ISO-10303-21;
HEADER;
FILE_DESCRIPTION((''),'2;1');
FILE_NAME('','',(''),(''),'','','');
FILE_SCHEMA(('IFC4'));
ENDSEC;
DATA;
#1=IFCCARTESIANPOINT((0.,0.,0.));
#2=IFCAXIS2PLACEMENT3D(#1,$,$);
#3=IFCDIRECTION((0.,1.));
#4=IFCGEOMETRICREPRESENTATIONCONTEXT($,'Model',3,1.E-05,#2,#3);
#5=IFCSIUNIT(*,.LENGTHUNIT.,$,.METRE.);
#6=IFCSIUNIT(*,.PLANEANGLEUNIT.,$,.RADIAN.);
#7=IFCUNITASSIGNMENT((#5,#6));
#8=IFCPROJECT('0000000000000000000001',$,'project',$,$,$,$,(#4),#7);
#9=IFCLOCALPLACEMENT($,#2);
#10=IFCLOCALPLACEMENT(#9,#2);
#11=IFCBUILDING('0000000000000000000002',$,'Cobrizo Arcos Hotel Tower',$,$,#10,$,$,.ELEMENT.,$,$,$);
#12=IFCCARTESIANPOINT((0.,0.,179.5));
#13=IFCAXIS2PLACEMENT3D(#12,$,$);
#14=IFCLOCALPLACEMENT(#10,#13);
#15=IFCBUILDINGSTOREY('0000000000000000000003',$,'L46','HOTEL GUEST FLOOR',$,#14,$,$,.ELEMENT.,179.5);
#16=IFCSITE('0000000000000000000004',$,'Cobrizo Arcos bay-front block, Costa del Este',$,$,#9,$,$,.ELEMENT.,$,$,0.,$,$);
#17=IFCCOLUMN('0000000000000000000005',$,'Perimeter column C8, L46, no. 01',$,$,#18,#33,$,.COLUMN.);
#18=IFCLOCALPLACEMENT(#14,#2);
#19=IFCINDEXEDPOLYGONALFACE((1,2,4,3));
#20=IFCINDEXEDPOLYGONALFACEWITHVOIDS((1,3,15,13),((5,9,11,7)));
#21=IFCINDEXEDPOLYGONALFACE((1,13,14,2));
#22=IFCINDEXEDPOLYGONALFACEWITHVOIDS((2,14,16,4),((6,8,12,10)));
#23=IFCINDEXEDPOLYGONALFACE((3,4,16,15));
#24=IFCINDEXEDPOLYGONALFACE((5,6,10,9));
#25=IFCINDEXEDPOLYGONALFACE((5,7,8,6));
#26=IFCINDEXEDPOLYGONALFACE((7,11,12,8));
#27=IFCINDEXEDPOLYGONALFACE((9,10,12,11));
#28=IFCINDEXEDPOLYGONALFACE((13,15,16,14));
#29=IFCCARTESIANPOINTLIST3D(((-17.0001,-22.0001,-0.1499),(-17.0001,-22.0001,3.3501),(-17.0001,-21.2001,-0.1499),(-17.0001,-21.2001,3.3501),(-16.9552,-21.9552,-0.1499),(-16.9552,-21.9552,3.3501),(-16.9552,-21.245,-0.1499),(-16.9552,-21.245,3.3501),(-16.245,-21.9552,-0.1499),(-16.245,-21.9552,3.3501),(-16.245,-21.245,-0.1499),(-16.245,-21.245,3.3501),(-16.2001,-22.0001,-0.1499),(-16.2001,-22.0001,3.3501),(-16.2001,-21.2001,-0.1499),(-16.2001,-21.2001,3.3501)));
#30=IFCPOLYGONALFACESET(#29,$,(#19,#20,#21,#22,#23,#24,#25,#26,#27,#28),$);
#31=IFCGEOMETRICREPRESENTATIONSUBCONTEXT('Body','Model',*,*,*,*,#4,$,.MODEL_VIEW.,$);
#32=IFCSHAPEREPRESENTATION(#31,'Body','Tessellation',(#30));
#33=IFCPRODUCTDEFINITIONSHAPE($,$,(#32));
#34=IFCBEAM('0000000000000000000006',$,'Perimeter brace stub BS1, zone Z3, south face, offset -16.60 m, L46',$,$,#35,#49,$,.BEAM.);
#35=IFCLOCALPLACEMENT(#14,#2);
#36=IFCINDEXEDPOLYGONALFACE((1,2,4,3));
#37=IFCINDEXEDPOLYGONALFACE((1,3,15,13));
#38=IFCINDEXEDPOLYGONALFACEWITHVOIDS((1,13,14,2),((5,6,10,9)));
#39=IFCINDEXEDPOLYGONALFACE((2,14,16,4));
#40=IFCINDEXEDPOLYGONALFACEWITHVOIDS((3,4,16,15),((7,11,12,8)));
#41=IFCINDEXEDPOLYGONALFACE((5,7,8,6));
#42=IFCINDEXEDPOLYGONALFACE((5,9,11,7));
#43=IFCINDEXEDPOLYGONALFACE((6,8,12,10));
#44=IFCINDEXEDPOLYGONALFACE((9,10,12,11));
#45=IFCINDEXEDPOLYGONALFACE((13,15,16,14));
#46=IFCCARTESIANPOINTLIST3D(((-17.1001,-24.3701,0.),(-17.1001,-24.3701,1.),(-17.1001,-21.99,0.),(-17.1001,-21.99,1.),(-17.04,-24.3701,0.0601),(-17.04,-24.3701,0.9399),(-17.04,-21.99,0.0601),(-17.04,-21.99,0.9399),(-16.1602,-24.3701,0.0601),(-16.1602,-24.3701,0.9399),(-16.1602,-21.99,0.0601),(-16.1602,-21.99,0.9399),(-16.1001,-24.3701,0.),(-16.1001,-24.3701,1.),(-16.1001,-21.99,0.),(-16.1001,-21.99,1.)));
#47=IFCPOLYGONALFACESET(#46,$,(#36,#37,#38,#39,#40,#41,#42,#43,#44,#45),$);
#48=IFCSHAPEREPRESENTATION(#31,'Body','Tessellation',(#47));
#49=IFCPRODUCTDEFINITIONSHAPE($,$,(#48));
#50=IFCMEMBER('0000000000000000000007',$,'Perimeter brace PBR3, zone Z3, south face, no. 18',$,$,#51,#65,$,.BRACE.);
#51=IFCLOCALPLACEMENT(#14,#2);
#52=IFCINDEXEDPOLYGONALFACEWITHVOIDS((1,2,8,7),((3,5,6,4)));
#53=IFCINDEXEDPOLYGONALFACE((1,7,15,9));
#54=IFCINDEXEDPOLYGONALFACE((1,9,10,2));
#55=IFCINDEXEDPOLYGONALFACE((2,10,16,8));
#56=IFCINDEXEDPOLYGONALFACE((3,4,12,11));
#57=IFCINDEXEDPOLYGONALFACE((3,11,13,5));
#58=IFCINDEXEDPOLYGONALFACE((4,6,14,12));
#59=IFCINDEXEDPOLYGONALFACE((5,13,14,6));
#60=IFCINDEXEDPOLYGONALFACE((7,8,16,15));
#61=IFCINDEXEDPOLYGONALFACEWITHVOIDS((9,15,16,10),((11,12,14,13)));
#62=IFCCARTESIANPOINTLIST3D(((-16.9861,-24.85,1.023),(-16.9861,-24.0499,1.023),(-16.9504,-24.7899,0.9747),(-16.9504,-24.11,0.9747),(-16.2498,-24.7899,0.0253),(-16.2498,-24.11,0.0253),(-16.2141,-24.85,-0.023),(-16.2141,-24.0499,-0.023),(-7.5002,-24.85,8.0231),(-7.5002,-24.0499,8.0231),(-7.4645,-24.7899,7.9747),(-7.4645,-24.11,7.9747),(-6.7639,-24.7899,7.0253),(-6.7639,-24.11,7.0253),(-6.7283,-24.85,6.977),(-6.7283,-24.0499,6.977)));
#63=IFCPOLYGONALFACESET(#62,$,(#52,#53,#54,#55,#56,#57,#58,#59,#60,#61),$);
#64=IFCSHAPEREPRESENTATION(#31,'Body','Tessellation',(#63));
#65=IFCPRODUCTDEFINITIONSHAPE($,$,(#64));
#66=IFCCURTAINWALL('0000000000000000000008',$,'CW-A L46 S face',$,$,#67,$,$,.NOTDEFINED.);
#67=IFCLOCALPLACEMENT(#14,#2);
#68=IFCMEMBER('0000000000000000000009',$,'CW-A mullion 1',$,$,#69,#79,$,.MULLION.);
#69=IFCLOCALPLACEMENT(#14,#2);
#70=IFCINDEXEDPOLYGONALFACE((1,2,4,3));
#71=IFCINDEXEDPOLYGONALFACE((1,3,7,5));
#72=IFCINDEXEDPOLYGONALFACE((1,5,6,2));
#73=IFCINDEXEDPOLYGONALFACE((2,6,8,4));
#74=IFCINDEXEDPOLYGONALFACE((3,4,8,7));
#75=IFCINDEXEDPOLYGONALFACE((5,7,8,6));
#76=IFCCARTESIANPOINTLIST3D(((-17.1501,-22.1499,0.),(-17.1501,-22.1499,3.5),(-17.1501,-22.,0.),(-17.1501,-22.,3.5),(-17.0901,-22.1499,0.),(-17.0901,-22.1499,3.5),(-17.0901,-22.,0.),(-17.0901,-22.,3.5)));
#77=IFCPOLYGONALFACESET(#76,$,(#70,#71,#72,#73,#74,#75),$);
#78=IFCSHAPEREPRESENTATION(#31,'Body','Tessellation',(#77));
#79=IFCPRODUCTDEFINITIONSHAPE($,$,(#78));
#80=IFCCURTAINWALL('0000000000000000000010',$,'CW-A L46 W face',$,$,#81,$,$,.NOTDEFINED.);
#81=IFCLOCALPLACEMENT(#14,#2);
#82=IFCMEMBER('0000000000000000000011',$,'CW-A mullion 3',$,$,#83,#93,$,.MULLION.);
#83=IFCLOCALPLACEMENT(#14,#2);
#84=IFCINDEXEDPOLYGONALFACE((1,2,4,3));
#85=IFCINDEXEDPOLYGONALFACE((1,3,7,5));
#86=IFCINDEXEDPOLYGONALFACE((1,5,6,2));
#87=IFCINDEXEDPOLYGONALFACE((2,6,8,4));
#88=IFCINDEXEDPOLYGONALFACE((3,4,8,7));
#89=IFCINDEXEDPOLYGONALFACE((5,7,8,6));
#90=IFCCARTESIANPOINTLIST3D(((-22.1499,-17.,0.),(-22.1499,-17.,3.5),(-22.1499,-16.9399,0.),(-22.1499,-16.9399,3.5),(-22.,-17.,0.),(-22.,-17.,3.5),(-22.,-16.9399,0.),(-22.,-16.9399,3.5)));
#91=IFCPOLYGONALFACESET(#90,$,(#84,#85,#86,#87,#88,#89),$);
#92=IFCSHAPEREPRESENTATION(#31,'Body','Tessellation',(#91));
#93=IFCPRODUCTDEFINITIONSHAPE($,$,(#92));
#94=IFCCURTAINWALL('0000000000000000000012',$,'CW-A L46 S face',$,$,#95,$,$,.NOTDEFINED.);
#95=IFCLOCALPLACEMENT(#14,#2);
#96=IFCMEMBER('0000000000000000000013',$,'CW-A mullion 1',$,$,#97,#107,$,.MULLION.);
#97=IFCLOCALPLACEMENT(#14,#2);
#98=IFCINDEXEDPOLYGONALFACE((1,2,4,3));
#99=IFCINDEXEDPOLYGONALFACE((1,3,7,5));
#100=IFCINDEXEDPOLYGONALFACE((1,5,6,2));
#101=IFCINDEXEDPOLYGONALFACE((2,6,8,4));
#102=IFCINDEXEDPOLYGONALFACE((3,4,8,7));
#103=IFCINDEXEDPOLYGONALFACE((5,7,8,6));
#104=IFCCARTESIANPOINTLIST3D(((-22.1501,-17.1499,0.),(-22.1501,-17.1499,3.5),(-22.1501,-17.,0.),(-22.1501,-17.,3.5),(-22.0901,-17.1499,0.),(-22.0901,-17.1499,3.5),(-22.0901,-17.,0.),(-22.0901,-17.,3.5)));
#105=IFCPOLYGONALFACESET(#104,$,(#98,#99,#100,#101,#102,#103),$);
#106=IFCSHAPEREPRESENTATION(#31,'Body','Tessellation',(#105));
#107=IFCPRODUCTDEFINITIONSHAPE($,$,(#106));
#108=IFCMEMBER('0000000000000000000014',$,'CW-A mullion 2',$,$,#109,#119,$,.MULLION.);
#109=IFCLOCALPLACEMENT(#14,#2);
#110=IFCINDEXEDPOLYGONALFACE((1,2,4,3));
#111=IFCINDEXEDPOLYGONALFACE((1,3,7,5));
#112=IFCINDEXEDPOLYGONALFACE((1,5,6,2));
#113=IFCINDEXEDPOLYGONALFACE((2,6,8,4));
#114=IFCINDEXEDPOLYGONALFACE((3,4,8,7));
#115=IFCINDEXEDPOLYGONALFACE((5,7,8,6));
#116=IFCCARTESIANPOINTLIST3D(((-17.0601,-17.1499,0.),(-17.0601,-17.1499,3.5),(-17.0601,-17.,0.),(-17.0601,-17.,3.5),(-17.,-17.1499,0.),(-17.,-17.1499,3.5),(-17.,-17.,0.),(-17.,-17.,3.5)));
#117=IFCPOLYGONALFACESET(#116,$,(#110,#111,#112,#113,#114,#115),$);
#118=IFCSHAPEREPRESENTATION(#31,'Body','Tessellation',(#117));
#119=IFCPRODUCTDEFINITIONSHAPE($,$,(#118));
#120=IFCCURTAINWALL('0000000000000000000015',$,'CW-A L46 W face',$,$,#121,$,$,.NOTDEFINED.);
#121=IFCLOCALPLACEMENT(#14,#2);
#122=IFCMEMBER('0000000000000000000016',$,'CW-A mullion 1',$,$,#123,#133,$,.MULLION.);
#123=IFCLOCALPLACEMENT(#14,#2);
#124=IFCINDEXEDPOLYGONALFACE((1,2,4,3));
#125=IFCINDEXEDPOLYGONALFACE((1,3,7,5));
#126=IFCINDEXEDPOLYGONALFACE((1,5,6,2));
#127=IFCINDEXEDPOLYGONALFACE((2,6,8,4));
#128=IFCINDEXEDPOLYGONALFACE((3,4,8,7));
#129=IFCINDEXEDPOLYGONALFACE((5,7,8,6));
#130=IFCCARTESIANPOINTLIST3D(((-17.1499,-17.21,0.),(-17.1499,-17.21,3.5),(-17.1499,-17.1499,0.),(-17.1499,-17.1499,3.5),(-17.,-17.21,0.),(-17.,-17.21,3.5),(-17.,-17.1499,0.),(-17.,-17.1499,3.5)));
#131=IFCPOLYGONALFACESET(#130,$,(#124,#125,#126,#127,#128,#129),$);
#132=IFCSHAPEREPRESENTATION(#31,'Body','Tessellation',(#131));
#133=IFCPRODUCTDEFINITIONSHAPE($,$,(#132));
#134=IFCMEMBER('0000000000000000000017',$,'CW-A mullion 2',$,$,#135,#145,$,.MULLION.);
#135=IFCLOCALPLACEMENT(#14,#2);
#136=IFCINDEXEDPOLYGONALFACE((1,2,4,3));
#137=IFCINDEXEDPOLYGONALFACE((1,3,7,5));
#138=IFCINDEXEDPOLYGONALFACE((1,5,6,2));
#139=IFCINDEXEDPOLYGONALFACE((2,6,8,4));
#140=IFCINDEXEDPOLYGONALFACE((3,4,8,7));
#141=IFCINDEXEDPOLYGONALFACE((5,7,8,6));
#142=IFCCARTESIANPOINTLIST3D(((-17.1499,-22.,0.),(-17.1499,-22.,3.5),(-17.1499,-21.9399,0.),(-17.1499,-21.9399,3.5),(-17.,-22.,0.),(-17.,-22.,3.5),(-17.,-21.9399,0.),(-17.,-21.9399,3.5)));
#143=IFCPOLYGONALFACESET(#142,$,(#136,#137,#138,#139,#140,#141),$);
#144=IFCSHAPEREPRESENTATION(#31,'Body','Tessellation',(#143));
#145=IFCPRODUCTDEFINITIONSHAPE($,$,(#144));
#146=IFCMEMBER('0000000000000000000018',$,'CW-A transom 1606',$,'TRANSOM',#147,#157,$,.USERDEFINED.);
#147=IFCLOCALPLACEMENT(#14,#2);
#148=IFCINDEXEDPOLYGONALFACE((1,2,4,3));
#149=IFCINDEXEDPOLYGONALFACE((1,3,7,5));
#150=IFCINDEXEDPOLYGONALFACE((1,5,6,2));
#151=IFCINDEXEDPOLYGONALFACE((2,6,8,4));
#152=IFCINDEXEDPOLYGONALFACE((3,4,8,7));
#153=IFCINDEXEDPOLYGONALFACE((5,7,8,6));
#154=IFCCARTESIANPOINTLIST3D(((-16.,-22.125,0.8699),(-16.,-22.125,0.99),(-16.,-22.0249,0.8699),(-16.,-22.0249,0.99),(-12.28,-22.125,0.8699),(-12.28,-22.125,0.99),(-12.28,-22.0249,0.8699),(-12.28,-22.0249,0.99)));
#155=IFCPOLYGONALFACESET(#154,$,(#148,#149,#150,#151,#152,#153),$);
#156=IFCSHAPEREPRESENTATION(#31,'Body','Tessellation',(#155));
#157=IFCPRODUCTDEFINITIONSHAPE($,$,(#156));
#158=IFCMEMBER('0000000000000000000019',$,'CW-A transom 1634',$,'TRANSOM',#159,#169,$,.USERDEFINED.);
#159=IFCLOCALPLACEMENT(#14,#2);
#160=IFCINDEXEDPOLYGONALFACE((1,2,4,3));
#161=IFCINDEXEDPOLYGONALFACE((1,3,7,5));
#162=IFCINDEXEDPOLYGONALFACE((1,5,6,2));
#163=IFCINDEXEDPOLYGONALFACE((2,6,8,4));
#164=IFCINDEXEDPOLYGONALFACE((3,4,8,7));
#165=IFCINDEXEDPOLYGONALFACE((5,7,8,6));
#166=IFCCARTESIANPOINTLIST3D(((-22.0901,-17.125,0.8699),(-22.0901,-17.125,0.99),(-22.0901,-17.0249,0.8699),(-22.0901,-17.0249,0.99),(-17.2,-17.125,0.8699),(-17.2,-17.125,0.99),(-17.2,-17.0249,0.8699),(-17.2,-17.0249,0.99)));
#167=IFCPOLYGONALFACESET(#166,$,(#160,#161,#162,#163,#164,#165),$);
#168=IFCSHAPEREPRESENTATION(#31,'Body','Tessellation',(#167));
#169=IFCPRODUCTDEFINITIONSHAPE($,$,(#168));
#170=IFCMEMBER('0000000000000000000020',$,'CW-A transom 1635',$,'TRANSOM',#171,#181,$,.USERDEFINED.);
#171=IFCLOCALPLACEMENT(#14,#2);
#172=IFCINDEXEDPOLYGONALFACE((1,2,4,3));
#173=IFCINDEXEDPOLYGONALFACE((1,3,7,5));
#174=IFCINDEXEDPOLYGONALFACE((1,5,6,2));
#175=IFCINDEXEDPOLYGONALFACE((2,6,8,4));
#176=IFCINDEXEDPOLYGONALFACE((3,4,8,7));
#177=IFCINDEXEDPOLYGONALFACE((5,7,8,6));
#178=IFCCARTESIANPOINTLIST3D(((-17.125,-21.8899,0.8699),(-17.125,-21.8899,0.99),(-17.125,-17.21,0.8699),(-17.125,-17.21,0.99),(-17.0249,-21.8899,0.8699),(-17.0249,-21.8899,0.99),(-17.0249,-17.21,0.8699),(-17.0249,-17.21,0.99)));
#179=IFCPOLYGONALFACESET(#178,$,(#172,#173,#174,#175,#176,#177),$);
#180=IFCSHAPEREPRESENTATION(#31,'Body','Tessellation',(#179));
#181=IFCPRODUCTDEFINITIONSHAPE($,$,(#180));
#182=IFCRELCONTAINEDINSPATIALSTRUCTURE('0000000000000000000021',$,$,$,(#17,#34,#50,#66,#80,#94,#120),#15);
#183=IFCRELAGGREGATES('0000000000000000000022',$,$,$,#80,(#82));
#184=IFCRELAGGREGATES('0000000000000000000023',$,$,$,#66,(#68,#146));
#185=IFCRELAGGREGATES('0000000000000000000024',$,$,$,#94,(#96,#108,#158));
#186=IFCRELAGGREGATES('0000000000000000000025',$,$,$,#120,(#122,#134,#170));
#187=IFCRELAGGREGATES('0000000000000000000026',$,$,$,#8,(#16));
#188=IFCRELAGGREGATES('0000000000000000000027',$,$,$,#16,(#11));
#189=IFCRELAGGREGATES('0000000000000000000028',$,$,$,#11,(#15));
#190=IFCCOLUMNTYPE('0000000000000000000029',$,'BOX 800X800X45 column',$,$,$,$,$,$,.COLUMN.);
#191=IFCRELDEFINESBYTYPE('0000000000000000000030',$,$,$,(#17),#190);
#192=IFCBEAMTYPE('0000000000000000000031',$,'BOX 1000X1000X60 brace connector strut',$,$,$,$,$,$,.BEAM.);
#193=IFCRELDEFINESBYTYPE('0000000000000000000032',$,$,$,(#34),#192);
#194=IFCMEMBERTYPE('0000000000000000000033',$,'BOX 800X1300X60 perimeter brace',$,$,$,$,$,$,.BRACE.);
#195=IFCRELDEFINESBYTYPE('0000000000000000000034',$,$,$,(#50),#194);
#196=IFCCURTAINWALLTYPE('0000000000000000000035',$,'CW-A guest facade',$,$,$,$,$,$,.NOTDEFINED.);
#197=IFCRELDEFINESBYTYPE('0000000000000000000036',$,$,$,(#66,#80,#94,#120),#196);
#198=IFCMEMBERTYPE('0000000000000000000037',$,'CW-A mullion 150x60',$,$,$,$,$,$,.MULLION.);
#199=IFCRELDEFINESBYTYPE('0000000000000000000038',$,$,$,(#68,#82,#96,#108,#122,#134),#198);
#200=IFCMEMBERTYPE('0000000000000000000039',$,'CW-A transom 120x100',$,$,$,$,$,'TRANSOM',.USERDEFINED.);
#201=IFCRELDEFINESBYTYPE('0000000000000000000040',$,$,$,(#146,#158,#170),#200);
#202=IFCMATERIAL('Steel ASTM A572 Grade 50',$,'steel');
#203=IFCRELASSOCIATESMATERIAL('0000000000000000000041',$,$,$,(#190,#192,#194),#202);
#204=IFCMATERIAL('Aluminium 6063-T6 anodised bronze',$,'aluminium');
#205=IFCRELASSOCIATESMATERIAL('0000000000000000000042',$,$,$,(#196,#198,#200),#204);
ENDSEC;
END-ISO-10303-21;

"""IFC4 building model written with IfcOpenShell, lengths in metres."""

from ifc_helpers import new_model, si_unit, direction, frame, origin, origin_2d, place, context, subcontext, project, spatial, rectangle, hollow_rectangle, extrude, material, material_profile, profile_set, type_object, element, aggregate, save


model = new_model("IFC4")

# Units and contexts
model_context = context("Model", 3, precision=1e-05, world=origin(), true_north=direction((0.0, 1.0)))
body_context = subcontext(model_context, "Body", "Model", "MODEL_VIEW")
ifc_project = project(units=[si_unit("LENGTHUNIT", "METRE"), si_unit("PLANEANGLEUNIT", "RADIAN")], contexts=[model_context])

# Site, building, storey
site_placement = place(None, origin())
site = spatial("IfcSite", under=ifc_project, at=site_placement, Name="Cobrizo Arcos bay-front block, Costa del Este", CompositionType="ELEMENT", RefElevation=0.0)
building_placement = place(site_placement, origin())
building = spatial("IfcBuilding", under=site, at=building_placement, Name="Cobrizo Arcos Hotel Tower", CompositionType="ELEMENT")
storey_placement = place(building_placement, frame((0.0, 0.0, 179.5)))
storey = spatial("IfcBuildingStorey", under=building, at=storey_placement, Name="L46", Description="HOTEL GUEST FLOOR", CompositionType="ELEMENT", Elevation=179.5)

# Column
ifc_material_1 = material(Name="Steel ASTM A572 Grade 50", Category="steel")
ifc_material_profile_1 = material_profile(ifc_material_1, hollow_rectangle(XDim=0.8, YDim=0.8, WallThickness=0.0449, at=origin_2d()), Name="BOX 800X800X45")
ifc_profile_set_1 = profile_set([ifc_material_profile_1], Name="Steel ASTM A572 Grade 50")
column_type = type_object("IfcColumnType", Name="BOX 800X800X45 column", PredefinedType="COLUMN", material=ifc_profile_set_1)
column_placement = place(storey_placement, frame((-16.6001, -21.6001, -0.1499), z_axis=(0.0, 0.0, 1.0), x_axis=(1.0, 0.0, 0.0)))
element("IfcColumn", 1, at=column_placement, inside=storey, type_object=column_type, Name="Perimeter column C8, L46, no. 01", PredefinedType="COLUMN", context=body_context, shape_type="SweptSolid", body=[
    extrude(hollow_rectangle(XDim=0.8, YDim=0.8, WallThickness=0.0449, at=origin_2d()), origin(), (0.0, 0.0, 1.0), 3.5),
])

# Beam
ifc_material_profile_2 = material_profile(ifc_material_1, hollow_rectangle(XDim=1.0, YDim=1.0, WallThickness=0.0601, at=origin_2d()), Name="BOX 1000X1000X60")
ifc_profile_set_2 = profile_set([ifc_material_profile_2], Name="Steel ASTM A572 Grade 50")
beam_type_1 = type_object("IfcBeamType", Name="BOX 1000X1000X60 brace connector strut", PredefinedType="BEAM", material=ifc_profile_set_2)
beam_1_placement = place(storey_placement, frame((-16.6001, -21.99, 0.5), z_axis=(0.0, -1.0, 0.0), x_axis=(1.0, 0.0, 0.0)))
element("IfcBeam", 2, at=beam_1_placement, inside=storey, type_object=beam_type_1, Name="Perimeter brace stub BS1, zone Z3, south face, offset -16.60 m, L46", PredefinedType="BEAM", context=body_context, shape_type="SweptSolid", body=[
    extrude(hollow_rectangle(XDim=1.0, YDim=1.0, WallThickness=0.0601, at=origin_2d()), origin(), (0.0, 0.0, 1.0), 2.3801),
])

# Member
ifc_material_profile_3 = material_profile(ifc_material_1, hollow_rectangle(XDim=0.8, YDim=1.3, WallThickness=0.0601, at=origin_2d()), Name="BOX 800X1300X60")
ifc_profile_set_3 = profile_set([ifc_material_profile_3], Name="Steel ASTM A572 Grade 50")
member_type_1 = type_object("IfcMemberType", Name="BOX 800X1300X60 perimeter brace", PredefinedType="BRACE", material=ifc_profile_set_3)
member_1_placement = place(storey_placement, frame((-16.6001, -24.45, 0.5), z_axis=(0.804633, 0.0, 0.593772), x_axis=(0.0, 1.0, 0.0)))
element("IfcMember", 3, at=member_1_placement, inside=storey, type_object=member_type_1, Name="Perimeter brace PBR3, zone Z3, south face, no. 18", PredefinedType="BRACE", context=body_context, shape_type="SweptSolid", body=[
    extrude(hollow_rectangle(XDim=0.8, YDim=1.3, WallThickness=0.0601, at=origin_2d()), origin(), (0.0, 0.0, 1.0), 11.7891),
])

# Curtain walls, members
ifc_material_2 = material(Name="Aluminium 6063-T6 anodised bronze", Category="aluminium")
curtain_wall_type = type_object("IfcCurtainWallType", Name="CW-A guest facade", PredefinedType="NOTDEFINED", material=ifc_material_2)
curtain_wall_1_placement = place(storey_placement, origin())
curtain_wall_1 = element("IfcCurtainWall", 4, at=curtain_wall_1_placement, inside=storey, type_object=curtain_wall_type, Name="CW-A L46 S face", PredefinedType="NOTDEFINED")
ifc_material_profile_4 = material_profile(ifc_material_2, rectangle(XDim=0.1499, YDim=0.0601, at=origin_2d()), Name="CW-A mullion 150x60")
ifc_profile_set_4 = profile_set([ifc_material_profile_4], Name="Aluminium 6063-T6 anodised bronze")
member_type_2 = type_object("IfcMemberType", Name="CW-A mullion 150x60", PredefinedType="MULLION", material=ifc_profile_set_4)
member_2_placement = place(storey_placement, frame((-17.1201, -22.075, 0.0), z_axis=(0.0, 0.0, 1.0), x_axis=(0.0, -1.0, 0.0)))
member_2 = element("IfcMember", 5, at=member_2_placement, type_object=member_type_2, Name="CW-A mullion 1", PredefinedType="MULLION", context=body_context, shape_type="SweptSolid", body=[
    extrude(rectangle(XDim=0.1499, YDim=0.0601, at=origin_2d()), origin(), (0.0, 0.0, 1.0), 3.5),
])
curtain_wall_2_placement = place(storey_placement, origin())
curtain_wall_2 = element("IfcCurtainWall", 6, at=curtain_wall_2_placement, inside=storey, type_object=curtain_wall_type, Name="CW-A L46 W face", PredefinedType="NOTDEFINED")
member_3_placement = place(storey_placement, frame((-22.075, -16.97, 0.0), z_axis=(0.0, 0.0, 1.0), x_axis=(-1.0, 0.0, 0.0)))
member_3 = element("IfcMember", 7, at=member_3_placement, type_object=member_type_2, Name="CW-A mullion 3", PredefinedType="MULLION", context=body_context, shape_type="SweptSolid", body=[
    extrude(rectangle(XDim=0.1499, YDim=0.0601, at=origin_2d()), origin(), (0.0, 0.0, 1.0), 3.5),
])
aggregate(curtain_wall_2, [member_3])

# Curtain walls, members
curtain_wall_3_placement = place(storey_placement, origin())
curtain_wall_3 = element("IfcCurtainWall", 8, at=curtain_wall_3_placement, inside=storey, type_object=curtain_wall_type, Name="CW-A L46 S face", PredefinedType="NOTDEFINED")
member_4_placement = place(storey_placement, frame((-22.1201, -17.075, 0.0), z_axis=(0.0, 0.0, 1.0), x_axis=(0.0, -1.0, 0.0)))
member_4 = element("IfcMember", 9, at=member_4_placement, type_object=member_type_2, Name="CW-A mullion 1", PredefinedType="MULLION", context=body_context, shape_type="SweptSolid", body=[
    extrude(rectangle(XDim=0.1499, YDim=0.0601, at=origin_2d()), origin(), (0.0, 0.0, 1.0), 3.5),
])
member_5_placement = place(storey_placement, frame((-17.03, -17.075, 0.0), z_axis=(0.0, 0.0, 1.0), x_axis=(0.0, -1.0, 0.0)))
member_5 = element("IfcMember", 10, at=member_5_placement, type_object=member_type_2, Name="CW-A mullion 2", PredefinedType="MULLION", context=body_context, shape_type="SweptSolid", body=[
    extrude(rectangle(XDim=0.1499, YDim=0.0601, at=origin_2d()), origin(), (0.0, 0.0, 1.0), 3.5),
])
curtain_wall_4_placement = place(storey_placement, origin())
curtain_wall_4 = element("IfcCurtainWall", 11, at=curtain_wall_4_placement, inside=storey, type_object=curtain_wall_type, Name="CW-A L46 W face", PredefinedType="NOTDEFINED")
member_6_placement = place(storey_placement, frame((-17.075, -17.1799, 0.0), z_axis=(0.0, 0.0, 1.0), x_axis=(-1.0, 0.0, 0.0)))
member_6 = element("IfcMember", 12, at=member_6_placement, type_object=member_type_2, Name="CW-A mullion 1", PredefinedType="MULLION", context=body_context, shape_type="SweptSolid", body=[
    extrude(rectangle(XDim=0.1499, YDim=0.0601, at=origin_2d()), origin(), (0.0, 0.0, 1.0), 3.5),
])
member_7_placement = place(storey_placement, frame((-17.075, -21.97, 0.0), z_axis=(0.0, 0.0, 1.0), x_axis=(-1.0, 0.0, 0.0)))
member_7 = element("IfcMember", 13, at=member_7_placement, type_object=member_type_2, Name="CW-A mullion 2", PredefinedType="MULLION", context=body_context, shape_type="SweptSolid", body=[
    extrude(rectangle(XDim=0.1499, YDim=0.0601, at=origin_2d()), origin(), (0.0, 0.0, 1.0), 3.5),
])

# Members
ifc_material_profile_5 = material_profile(ifc_material_2, rectangle(XDim=0.1001, YDim=0.1201, at=origin_2d()), Name="CW-A transom 120x100")
ifc_profile_set_5 = profile_set([ifc_material_profile_5], Name="Aluminium 6063-T6 anodised bronze")
member_type_3 = type_object("IfcMemberType", Name="CW-A transom 120x100", ElementType="TRANSOM", PredefinedType="USERDEFINED", material=ifc_profile_set_5)
member_8_placement = place(storey_placement, frame((-16.0, -22.075, 0.9299), z_axis=(1.0, 0.0, 0.0), x_axis=(0.0, 1.0, 0.0)))
member_8 = element("IfcMember", 14, at=member_8_placement, type_object=member_type_3, Name="CW-A transom 1606", ObjectType="TRANSOM", PredefinedType="USERDEFINED", context=body_context, shape_type="SweptSolid", body=[
    extrude(rectangle(XDim=0.1001, YDim=0.1201, at=origin_2d()), origin(), (0.0, 0.0, 1.0), 3.72),
])
member_9_placement = place(storey_placement, frame((-22.0901, -17.075, 0.9299), z_axis=(1.0, 0.0, 0.0), x_axis=(0.0, 1.0, 0.0)))
member_9 = element("IfcMember", 15, at=member_9_placement, type_object=member_type_3, Name="CW-A transom 1634", ObjectType="TRANSOM", PredefinedType="USERDEFINED", context=body_context, shape_type="SweptSolid", body=[
    extrude(rectangle(XDim=0.1001, YDim=0.1201, at=origin_2d()), origin(), (0.0, 0.0, 1.0), 4.8901),
])
member_10_placement = place(storey_placement, frame((-17.075, -17.21, 0.9299), z_axis=(0.0, -1.0, 0.0), x_axis=(1.0, 0.0, 0.0)))
member_10 = element("IfcMember", 16, at=member_10_placement, type_object=member_type_3, Name="CW-A transom 1635", ObjectType="TRANSOM", PredefinedType="USERDEFINED", context=body_context, shape_type="SweptSolid", body=[
    extrude(rectangle(XDim=0.1001, YDim=0.1201, at=origin_2d()), origin(), (0.0, 0.0, 1.0), 4.6799),
])

aggregate(curtain_wall_1, [member_2, member_8])
aggregate(curtain_wall_3, [member_4, member_5, member_9])
aggregate(curtain_wall_4, [member_6, member_7, member_10])

save(model, "model.ifc")
